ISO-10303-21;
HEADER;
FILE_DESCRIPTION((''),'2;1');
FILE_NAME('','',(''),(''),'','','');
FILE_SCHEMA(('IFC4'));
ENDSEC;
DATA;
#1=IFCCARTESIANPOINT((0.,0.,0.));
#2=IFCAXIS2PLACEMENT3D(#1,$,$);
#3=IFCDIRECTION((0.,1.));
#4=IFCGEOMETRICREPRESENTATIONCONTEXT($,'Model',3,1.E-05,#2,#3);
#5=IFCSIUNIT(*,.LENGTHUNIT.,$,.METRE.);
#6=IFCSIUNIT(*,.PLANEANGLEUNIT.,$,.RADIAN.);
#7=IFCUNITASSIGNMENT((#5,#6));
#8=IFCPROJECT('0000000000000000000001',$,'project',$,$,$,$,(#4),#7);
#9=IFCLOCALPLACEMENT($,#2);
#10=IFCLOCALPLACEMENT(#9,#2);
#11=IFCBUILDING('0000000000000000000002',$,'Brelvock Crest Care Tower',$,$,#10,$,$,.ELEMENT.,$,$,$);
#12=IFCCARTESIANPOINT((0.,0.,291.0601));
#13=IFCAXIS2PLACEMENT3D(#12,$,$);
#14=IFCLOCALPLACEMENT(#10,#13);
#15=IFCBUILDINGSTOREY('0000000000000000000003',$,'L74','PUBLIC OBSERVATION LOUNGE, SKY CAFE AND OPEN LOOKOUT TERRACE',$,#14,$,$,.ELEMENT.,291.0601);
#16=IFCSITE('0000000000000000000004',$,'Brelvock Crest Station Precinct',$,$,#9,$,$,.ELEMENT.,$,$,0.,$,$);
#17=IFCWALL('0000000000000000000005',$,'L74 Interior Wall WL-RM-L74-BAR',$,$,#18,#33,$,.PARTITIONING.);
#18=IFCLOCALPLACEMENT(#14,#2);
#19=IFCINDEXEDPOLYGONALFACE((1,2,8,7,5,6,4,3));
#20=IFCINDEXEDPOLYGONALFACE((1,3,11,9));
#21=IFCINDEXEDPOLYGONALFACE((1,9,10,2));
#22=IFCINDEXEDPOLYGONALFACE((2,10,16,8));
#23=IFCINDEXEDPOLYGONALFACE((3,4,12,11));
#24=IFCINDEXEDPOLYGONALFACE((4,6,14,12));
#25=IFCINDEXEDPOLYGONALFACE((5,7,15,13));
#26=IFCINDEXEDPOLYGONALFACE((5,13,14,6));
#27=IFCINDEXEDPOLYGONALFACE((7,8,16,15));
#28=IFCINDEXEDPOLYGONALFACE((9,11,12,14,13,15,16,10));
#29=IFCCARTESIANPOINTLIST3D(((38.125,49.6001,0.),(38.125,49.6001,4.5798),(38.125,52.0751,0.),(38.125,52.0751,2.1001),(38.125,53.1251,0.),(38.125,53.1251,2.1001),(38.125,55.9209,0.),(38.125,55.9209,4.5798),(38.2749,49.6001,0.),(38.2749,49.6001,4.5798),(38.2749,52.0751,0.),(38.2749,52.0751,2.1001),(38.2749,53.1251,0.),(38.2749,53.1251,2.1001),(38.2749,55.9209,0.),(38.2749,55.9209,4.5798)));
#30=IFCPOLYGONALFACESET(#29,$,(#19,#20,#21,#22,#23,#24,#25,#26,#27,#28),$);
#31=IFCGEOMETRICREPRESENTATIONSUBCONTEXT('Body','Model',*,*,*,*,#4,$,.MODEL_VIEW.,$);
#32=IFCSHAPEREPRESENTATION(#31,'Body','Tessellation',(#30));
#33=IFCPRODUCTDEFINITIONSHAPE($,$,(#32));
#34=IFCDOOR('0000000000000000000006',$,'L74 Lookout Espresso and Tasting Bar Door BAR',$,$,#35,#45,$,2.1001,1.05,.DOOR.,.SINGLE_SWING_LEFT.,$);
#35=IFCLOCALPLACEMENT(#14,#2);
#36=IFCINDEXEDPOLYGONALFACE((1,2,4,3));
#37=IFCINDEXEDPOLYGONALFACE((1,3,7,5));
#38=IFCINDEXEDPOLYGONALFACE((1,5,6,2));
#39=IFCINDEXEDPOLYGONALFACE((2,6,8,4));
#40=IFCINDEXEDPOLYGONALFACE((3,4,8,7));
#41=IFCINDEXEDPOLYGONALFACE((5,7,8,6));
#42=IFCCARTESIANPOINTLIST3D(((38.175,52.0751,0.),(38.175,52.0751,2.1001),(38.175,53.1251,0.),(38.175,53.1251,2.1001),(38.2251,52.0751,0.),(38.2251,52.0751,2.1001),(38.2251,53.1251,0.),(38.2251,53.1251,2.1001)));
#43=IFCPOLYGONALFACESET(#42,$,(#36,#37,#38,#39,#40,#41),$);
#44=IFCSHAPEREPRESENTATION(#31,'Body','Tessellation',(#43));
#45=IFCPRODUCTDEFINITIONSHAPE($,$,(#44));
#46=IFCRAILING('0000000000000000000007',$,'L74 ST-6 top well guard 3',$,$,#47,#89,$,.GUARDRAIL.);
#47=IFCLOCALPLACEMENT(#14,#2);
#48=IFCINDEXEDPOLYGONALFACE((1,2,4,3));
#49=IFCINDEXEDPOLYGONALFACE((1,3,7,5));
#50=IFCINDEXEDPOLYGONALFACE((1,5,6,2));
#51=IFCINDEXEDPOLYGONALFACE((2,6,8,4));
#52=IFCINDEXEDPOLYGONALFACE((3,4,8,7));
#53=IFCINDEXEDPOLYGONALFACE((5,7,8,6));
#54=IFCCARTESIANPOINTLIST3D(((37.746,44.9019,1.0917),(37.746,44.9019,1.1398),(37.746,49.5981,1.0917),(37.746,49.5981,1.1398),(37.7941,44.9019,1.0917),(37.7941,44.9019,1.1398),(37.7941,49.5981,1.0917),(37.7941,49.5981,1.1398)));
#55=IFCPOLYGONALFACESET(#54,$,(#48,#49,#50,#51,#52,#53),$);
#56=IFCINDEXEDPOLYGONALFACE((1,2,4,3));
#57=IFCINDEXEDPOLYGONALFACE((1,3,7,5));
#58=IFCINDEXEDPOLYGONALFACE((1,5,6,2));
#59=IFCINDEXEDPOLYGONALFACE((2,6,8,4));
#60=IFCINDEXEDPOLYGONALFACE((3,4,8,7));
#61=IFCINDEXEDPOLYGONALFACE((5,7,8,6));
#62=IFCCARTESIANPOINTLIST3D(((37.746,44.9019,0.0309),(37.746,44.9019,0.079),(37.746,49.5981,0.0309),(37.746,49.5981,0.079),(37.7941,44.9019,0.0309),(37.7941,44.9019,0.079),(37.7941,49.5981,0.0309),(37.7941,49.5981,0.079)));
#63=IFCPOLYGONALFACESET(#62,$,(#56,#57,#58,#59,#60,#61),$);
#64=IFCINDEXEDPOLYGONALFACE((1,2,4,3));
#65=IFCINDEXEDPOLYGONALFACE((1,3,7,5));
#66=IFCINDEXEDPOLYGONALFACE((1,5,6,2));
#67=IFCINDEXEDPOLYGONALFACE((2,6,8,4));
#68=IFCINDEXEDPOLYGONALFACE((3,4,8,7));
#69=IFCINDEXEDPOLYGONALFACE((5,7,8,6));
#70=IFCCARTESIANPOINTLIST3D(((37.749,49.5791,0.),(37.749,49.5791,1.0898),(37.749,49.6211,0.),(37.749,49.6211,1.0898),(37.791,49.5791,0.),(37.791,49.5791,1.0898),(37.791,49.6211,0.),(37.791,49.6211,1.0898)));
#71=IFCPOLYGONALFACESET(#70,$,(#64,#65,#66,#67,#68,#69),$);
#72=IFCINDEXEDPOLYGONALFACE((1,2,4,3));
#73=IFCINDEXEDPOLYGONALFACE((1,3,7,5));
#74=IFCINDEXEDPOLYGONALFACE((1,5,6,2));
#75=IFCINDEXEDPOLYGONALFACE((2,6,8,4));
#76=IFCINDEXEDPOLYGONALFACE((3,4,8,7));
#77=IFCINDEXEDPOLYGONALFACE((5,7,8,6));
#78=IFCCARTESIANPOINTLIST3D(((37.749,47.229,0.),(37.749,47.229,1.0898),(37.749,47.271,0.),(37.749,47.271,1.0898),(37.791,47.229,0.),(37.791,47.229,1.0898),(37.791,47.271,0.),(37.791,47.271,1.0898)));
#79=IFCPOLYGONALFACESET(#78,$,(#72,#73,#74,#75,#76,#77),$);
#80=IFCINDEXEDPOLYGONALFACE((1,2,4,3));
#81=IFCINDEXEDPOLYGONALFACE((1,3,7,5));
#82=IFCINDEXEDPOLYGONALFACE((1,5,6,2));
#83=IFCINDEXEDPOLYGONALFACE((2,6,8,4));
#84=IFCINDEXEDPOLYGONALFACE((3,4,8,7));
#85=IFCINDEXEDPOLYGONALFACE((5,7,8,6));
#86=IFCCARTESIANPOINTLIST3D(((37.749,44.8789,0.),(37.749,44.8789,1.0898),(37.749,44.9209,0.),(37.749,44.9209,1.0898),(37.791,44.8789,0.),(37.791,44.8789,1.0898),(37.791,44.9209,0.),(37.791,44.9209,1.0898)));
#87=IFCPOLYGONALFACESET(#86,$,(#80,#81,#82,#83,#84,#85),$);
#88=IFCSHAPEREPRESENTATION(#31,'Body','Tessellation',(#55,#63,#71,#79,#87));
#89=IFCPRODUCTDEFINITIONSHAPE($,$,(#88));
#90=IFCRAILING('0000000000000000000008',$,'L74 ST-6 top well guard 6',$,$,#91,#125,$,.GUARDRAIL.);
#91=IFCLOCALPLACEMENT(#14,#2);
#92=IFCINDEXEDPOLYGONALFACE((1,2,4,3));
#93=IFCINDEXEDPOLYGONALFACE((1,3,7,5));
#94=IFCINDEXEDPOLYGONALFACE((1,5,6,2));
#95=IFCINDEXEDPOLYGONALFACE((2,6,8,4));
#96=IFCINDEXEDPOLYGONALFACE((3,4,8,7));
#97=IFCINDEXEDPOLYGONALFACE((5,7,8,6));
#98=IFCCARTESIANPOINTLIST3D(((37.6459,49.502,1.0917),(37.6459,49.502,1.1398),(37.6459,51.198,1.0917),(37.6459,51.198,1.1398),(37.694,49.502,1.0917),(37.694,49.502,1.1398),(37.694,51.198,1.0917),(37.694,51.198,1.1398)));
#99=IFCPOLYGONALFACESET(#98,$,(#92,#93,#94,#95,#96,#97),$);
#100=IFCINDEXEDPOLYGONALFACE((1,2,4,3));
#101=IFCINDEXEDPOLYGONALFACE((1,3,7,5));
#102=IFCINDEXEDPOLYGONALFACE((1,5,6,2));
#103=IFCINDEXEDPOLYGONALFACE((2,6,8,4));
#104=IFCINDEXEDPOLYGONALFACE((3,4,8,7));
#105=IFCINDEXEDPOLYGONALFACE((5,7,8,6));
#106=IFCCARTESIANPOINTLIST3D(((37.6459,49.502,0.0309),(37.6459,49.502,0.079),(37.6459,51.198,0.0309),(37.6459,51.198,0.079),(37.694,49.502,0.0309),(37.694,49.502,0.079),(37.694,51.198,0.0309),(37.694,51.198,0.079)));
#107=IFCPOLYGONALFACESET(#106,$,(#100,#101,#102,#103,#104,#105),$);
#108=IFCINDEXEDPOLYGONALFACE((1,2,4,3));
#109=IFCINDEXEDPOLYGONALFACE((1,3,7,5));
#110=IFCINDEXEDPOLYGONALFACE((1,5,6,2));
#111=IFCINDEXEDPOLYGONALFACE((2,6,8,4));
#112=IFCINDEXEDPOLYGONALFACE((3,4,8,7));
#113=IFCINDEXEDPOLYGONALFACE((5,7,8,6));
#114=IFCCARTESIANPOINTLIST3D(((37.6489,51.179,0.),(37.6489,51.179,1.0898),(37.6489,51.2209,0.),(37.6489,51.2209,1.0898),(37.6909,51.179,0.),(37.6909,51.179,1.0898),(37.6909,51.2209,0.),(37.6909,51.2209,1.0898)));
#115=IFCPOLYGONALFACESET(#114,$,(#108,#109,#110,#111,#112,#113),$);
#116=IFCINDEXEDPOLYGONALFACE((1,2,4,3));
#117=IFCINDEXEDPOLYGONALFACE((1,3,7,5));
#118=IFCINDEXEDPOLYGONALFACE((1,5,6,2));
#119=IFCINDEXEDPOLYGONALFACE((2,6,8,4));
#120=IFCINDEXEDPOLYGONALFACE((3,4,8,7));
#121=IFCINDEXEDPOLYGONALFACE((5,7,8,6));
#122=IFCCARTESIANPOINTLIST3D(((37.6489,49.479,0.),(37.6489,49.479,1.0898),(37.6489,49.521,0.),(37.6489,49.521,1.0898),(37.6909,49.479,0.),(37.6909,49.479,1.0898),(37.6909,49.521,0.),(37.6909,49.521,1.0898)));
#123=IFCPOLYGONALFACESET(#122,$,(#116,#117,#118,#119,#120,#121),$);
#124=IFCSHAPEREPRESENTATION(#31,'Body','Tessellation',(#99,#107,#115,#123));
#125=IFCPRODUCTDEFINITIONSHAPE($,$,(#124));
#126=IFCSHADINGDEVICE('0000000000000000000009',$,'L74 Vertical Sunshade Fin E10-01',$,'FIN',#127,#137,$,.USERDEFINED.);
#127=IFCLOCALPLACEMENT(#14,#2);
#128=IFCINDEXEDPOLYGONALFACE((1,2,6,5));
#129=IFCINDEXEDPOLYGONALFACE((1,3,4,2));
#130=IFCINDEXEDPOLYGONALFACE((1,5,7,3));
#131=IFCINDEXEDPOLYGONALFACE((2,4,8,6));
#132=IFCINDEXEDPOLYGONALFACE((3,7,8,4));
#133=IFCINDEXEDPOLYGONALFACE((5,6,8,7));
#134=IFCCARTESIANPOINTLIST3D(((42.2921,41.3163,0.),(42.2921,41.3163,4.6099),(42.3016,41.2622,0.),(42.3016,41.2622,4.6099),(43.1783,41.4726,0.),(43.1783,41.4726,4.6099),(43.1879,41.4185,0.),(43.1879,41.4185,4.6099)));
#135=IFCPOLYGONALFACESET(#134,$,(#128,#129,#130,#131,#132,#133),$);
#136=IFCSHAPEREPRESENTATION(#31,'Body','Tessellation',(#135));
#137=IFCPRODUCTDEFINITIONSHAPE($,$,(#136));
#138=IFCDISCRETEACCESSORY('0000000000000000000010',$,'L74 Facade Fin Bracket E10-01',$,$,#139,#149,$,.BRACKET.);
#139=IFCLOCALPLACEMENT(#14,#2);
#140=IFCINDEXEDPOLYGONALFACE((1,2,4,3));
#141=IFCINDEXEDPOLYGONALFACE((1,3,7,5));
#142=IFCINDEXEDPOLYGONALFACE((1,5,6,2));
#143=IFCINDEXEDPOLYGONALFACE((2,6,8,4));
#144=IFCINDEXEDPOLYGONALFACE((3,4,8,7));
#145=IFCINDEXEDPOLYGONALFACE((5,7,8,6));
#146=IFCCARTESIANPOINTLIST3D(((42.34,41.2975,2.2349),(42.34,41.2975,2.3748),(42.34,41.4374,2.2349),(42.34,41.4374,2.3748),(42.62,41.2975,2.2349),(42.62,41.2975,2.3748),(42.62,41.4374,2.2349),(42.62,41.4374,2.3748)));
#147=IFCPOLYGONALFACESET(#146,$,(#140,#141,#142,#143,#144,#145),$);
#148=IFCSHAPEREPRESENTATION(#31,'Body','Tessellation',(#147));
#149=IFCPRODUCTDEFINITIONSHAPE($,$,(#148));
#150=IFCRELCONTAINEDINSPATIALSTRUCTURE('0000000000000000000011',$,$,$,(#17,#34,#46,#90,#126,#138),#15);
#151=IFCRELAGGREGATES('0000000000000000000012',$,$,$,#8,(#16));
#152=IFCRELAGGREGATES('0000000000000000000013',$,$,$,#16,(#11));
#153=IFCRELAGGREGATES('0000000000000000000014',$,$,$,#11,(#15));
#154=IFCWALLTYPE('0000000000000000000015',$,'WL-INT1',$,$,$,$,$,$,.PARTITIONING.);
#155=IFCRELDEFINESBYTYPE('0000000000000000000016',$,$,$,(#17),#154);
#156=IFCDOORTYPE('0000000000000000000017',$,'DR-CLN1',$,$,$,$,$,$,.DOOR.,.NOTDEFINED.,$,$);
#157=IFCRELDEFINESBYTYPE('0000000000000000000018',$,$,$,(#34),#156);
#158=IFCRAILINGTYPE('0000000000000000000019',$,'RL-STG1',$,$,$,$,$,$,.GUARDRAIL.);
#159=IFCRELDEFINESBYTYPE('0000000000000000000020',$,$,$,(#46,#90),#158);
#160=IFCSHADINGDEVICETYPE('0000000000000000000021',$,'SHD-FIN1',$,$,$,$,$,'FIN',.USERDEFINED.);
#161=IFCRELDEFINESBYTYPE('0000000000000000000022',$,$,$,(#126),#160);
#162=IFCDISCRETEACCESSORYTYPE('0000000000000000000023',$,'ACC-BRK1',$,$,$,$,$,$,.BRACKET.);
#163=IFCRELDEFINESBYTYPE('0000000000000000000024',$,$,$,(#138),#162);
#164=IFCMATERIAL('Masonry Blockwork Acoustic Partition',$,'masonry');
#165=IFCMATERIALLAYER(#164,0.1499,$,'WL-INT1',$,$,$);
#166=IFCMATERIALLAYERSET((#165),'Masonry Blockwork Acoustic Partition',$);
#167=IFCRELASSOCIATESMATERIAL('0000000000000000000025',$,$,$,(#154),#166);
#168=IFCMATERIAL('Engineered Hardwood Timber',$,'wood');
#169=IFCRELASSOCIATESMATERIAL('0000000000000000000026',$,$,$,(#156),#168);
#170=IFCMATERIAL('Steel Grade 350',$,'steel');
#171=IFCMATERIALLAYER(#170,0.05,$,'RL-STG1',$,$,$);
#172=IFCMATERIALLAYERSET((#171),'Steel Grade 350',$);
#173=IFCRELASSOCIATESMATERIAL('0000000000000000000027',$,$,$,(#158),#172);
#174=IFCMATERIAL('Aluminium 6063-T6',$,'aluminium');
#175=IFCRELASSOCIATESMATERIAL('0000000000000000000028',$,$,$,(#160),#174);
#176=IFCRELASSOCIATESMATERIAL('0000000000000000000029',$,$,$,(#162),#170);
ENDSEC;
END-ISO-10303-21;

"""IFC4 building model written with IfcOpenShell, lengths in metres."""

from ifc_helpers import new_model, si_unit, direction, frame, frame_2d, origin, origin_2d, place, context, subcontext, project, spatial, rectangle, extrude, source, transform, mapped, material, layer, layer_set, material_profile, profile_set, type_object, element, fill, save


model = new_model("IFC4")

# Units and contexts
model_context = context("Model", 3, precision=1e-05, world=origin(), true_north=direction((0.0, 1.0)))
body_context = subcontext(model_context, "Body", "Model", "MODEL_VIEW")
ifc_project = project(units=[si_unit("LENGTHUNIT", "METRE"), si_unit("PLANEANGLEUNIT", "RADIAN")], contexts=[model_context])

# Site, building, storey
site_placement = place(None, origin())
site = spatial("IfcSite", under=ifc_project, at=site_placement, Name="Brelvock Crest Station Precinct", CompositionType="ELEMENT", RefElevation=0.0)
building_placement = place(site_placement, origin())
building = spatial("IfcBuilding", under=site, at=building_placement, Name="Brelvock Crest Care Tower", CompositionType="ELEMENT")
storey_placement = place(building_placement, frame((0.0, 0.0, 291.0601)))
storey = spatial("IfcBuildingStorey", under=building, at=storey_placement, Name="L74", Description="PUBLIC OBSERVATION LOUNGE, SKY CAFE AND OPEN LOOKOUT TERRACE", CompositionType="ELEMENT", Elevation=291.0601)

# Shared definitions
ifc_material_1 = material(Name="Steel Grade 350", Category="steel")

# Shared definitions
ifc_material_2 = material(Name="Aluminium 6063-T6", Category="aluminium")

# Shared definitions
ifc_material_3 = material(Name="Masonry Blockwork Acoustic Partition", Category="masonry")
ifc_layer_1 = layer(ifc_material_3, 0.1499, Name="WL-INT1")
ifc_layer_set_1 = layer_set([ifc_layer_1], Name="Masonry Blockwork Acoustic Partition")
wall_type = type_object("IfcWallType", Name="WL-INT1", PredefinedType="PARTITIONING", material=ifc_layer_set_1)

# Wall, opening, door
ifc_material_4 = material(Name="Engineered Hardwood Timber", Category="wood")
door_type = type_object("IfcDoorType", Name="DR-CLN1", OperationType="NOTDEFINED", PredefinedType="DOOR", material=ifc_material_4)
shared_shape_1 = source(origin(), body_context, "Body", "SweptSolid", [
    extrude(rectangle(XDim=1.05, YDim=2.1001, at=origin_2d()), frame((0.5249, 0.0249, 1.05), z_axis=(0.0, -1.0, 0.0), x_axis=(1.0, 0.0, 0.0)), (0.0, 0.0, 1.0), 0.05),
])
wall_1_placement = place(storey_placement, frame((38.2, 49.6001, 0.0), z_axis=(0.0, 0.0, 1.0), x_axis=(0.0, 1.0, 0.0)))
wall_1 = element("IfcWall", 1, at=wall_1_placement, inside=storey, type_object=wall_type, Name="L74 Interior Wall WL-RM-L74-BAR", PredefinedType="PARTITIONING", context=body_context, shape_type="SweptSolid", body=[
    extrude(rectangle(XDim=6.3208, YDim=0.1499, at=frame_2d((3.1604, 0.0))), origin(), (0.0, 0.0, 1.0), 4.5798),
])
opening_1_placement = place(wall_1_placement, frame((2.4751, 0.0, 0.0)))
opening_1 = element("IfcOpeningElement", 2, at=opening_1_placement, cuts=wall_1, PredefinedType="OPENING", context=body_context, shape_type="SweptSolid", body=[
    extrude(rectangle(XDim=1.05, YDim=2.1001, at=origin_2d()), frame((0.5249, 0.085, 1.05), z_axis=(0.0, -1.0, 0.0), x_axis=(1.0, 0.0, 0.0)), (0.0, 0.0, 1.0), 0.1699),
])
door_1_placement = place(opening_1_placement, origin())
door_1 = element("IfcDoor", 3, at=door_1_placement, inside=storey, type_object=door_type, Name="L74 Lookout Espresso and Tasting Bar Door BAR", OperationType="SINGLE_SWING_LEFT", OverallHeight=2.1001, OverallWidth=1.05, PredefinedType="DOOR", context=body_context, shape_type="MappedRepresentation", body=[
    mapped(shared_shape_1, transform((0.0, 0.0, 0.0), x_axis=(1.0, 0.0, 0.0), y_axis=(0.0, 1.0, 0.0), z_axis=(0.0, 0.0, 1.0), scale=1.0)),
])
fill(opening_1, door_1)

# Railings
ifc_layer_2 = layer(ifc_material_1, 0.05, Name="RL-STG1")
ifc_layer_set_2 = layer_set([ifc_layer_2], Name="Steel Grade 350")
railing_type = type_object("IfcRailingType", Name="RL-STG1", PredefinedType="GUARDRAIL", material=ifc_layer_set_2)
railing_1_placement = place(storey_placement, frame((37.77, 49.6001, 0.0)))
element("IfcRailing", 4, at=railing_1_placement, inside=storey, type_object=railing_type, Name="L74 ST-6 top well guard 3", PredefinedType="GUARDRAIL", context=body_context, shape_type="SweptSolid", body=[
    extrude(rectangle(XDim=0.0481, YDim=0.0481, at=origin_2d()), frame((0.0, -0.002, 1.1157), z_axis=(0.0, -1.0, 0.0), x_axis=(1.0, 0.0, 0.0)), (0.0, 0.0, 1.0), 4.6963),
    extrude(rectangle(XDim=0.0481, YDim=0.0481, at=origin_2d()), frame((0.0, -0.002, 0.0549), z_axis=(0.0, -1.0, 0.0), x_axis=(1.0, 0.0, 0.0)), (0.0, 0.0, 1.0), 4.6963),
    extrude(rectangle(XDim=0.042, YDim=0.042, at=origin_2d()), origin(), (0.0, 0.0, 1.0), 1.0898),
    extrude(rectangle(XDim=0.042, YDim=0.042, at=origin_2d()), frame((0.0, -2.3501, 0.0)), (0.0, 0.0, 1.0), 1.0898),
    extrude(rectangle(XDim=0.042, YDim=0.042, at=origin_2d()), frame((0.0, -4.7002, 0.0)), (0.0, 0.0, 1.0), 1.0898),
])
railing_2_placement = place(storey_placement, frame((37.6699, 51.2, 0.0)))
element("IfcRailing", 5, at=railing_2_placement, inside=storey, type_object=railing_type, Name="L74 ST-6 top well guard 6", PredefinedType="GUARDRAIL", context=body_context, shape_type="SweptSolid", body=[
    extrude(rectangle(XDim=0.0481, YDim=0.0481, at=origin_2d()), frame((0.0, -0.002, 1.1157), z_axis=(0.0, -1.0, 0.0), x_axis=(1.0, 0.0, 0.0)), (0.0, 0.0, 1.0), 1.696),
    extrude(rectangle(XDim=0.0481, YDim=0.0481, at=origin_2d()), frame((0.0, -0.002, 0.0549), z_axis=(0.0, -1.0, 0.0), x_axis=(1.0, 0.0, 0.0)), (0.0, 0.0, 1.0), 1.696),
    extrude(rectangle(XDim=0.042, YDim=0.042, at=origin_2d()), origin(), (0.0, 0.0, 1.0), 1.0898),
    extrude(rectangle(XDim=0.042, YDim=0.042, at=origin_2d()), frame((0.0, -1.7, 0.0)), (0.0, 0.0, 1.0), 1.0898),
])

# Shading device
ifc_material_profile_1 = material_profile(ifc_material_2, rectangle(XDim=0.0549, YDim=0.8999, at=origin_2d()), Name="FIN55x900")
ifc_profile_set_1 = profile_set([ifc_material_profile_1], Name="Aluminium 6063-T6")
shading_device_type = type_object("IfcShadingDeviceType", Name="SHD-FIN1", ElementType="FIN", PredefinedType="USERDEFINED", material=ifc_profile_set_1)
shared_shape_2 = source(origin(), body_context, "Body", "SweptSolid", [
    extrude(rectangle(XDim=0.0549, YDim=0.8999, at=origin_2d()), origin(), (0.0, 0.0, 1.0), 4.6099),
])
shading_device_placement = place(storey_placement, frame((42.74, 41.3674, 0.0), z_axis=(0.0, 0.0, 1.0), x_axis=(0.173648, -0.984808, 0.0)))
element("IfcShadingDevice", 6, at=shading_device_placement, inside=storey, type_object=shading_device_type, Name="L74 Vertical Sunshade Fin E10-01", ObjectType="FIN", PredefinedType="USERDEFINED", context=body_context, shape_type="MappedRepresentation", body=[
    mapped(shared_shape_2, transform((0.0, 0.0, 0.0), x_axis=(1.0, 0.0, 0.0), y_axis=(0.0, 1.0, 0.0), z_axis=(0.0, 0.0, 1.0), scale=1.0)),
])

# Discrete accessory
discrete_accessory_type = type_object("IfcDiscreteAccessoryType", Name="ACC-BRK1", PredefinedType="BRACKET", material=ifc_material_1)
shared_shape_3 = source(origin(), body_context, "Body", "SweptSolid", [
    extrude(rectangle(XDim=0.28, YDim=0.1399, at=origin_2d()), origin(), (0.0, 0.0, 1.0), 0.1399),
])
discrete_accessory_placement = place(storey_placement, frame((42.48, 41.3674, 2.2349), z_axis=(0.0, 0.0, 1.0), x_axis=(1.0, 0.0, 0.0)))
element("IfcDiscreteAccessory", 7, at=discrete_accessory_placement, inside=storey, type_object=discrete_accessory_type, Name="L74 Facade Fin Bracket E10-01", PredefinedType="BRACKET", context=body_context, shape_type="MappedRepresentation", body=[
    mapped(shared_shape_3, transform((0.0, 0.0, 0.0), x_axis=(1.0, 0.0, 0.0), y_axis=(0.0, 1.0, 0.0), z_axis=(0.0, 0.0, 1.0), scale=1.0)),
])

save(model, "model.ifc")
